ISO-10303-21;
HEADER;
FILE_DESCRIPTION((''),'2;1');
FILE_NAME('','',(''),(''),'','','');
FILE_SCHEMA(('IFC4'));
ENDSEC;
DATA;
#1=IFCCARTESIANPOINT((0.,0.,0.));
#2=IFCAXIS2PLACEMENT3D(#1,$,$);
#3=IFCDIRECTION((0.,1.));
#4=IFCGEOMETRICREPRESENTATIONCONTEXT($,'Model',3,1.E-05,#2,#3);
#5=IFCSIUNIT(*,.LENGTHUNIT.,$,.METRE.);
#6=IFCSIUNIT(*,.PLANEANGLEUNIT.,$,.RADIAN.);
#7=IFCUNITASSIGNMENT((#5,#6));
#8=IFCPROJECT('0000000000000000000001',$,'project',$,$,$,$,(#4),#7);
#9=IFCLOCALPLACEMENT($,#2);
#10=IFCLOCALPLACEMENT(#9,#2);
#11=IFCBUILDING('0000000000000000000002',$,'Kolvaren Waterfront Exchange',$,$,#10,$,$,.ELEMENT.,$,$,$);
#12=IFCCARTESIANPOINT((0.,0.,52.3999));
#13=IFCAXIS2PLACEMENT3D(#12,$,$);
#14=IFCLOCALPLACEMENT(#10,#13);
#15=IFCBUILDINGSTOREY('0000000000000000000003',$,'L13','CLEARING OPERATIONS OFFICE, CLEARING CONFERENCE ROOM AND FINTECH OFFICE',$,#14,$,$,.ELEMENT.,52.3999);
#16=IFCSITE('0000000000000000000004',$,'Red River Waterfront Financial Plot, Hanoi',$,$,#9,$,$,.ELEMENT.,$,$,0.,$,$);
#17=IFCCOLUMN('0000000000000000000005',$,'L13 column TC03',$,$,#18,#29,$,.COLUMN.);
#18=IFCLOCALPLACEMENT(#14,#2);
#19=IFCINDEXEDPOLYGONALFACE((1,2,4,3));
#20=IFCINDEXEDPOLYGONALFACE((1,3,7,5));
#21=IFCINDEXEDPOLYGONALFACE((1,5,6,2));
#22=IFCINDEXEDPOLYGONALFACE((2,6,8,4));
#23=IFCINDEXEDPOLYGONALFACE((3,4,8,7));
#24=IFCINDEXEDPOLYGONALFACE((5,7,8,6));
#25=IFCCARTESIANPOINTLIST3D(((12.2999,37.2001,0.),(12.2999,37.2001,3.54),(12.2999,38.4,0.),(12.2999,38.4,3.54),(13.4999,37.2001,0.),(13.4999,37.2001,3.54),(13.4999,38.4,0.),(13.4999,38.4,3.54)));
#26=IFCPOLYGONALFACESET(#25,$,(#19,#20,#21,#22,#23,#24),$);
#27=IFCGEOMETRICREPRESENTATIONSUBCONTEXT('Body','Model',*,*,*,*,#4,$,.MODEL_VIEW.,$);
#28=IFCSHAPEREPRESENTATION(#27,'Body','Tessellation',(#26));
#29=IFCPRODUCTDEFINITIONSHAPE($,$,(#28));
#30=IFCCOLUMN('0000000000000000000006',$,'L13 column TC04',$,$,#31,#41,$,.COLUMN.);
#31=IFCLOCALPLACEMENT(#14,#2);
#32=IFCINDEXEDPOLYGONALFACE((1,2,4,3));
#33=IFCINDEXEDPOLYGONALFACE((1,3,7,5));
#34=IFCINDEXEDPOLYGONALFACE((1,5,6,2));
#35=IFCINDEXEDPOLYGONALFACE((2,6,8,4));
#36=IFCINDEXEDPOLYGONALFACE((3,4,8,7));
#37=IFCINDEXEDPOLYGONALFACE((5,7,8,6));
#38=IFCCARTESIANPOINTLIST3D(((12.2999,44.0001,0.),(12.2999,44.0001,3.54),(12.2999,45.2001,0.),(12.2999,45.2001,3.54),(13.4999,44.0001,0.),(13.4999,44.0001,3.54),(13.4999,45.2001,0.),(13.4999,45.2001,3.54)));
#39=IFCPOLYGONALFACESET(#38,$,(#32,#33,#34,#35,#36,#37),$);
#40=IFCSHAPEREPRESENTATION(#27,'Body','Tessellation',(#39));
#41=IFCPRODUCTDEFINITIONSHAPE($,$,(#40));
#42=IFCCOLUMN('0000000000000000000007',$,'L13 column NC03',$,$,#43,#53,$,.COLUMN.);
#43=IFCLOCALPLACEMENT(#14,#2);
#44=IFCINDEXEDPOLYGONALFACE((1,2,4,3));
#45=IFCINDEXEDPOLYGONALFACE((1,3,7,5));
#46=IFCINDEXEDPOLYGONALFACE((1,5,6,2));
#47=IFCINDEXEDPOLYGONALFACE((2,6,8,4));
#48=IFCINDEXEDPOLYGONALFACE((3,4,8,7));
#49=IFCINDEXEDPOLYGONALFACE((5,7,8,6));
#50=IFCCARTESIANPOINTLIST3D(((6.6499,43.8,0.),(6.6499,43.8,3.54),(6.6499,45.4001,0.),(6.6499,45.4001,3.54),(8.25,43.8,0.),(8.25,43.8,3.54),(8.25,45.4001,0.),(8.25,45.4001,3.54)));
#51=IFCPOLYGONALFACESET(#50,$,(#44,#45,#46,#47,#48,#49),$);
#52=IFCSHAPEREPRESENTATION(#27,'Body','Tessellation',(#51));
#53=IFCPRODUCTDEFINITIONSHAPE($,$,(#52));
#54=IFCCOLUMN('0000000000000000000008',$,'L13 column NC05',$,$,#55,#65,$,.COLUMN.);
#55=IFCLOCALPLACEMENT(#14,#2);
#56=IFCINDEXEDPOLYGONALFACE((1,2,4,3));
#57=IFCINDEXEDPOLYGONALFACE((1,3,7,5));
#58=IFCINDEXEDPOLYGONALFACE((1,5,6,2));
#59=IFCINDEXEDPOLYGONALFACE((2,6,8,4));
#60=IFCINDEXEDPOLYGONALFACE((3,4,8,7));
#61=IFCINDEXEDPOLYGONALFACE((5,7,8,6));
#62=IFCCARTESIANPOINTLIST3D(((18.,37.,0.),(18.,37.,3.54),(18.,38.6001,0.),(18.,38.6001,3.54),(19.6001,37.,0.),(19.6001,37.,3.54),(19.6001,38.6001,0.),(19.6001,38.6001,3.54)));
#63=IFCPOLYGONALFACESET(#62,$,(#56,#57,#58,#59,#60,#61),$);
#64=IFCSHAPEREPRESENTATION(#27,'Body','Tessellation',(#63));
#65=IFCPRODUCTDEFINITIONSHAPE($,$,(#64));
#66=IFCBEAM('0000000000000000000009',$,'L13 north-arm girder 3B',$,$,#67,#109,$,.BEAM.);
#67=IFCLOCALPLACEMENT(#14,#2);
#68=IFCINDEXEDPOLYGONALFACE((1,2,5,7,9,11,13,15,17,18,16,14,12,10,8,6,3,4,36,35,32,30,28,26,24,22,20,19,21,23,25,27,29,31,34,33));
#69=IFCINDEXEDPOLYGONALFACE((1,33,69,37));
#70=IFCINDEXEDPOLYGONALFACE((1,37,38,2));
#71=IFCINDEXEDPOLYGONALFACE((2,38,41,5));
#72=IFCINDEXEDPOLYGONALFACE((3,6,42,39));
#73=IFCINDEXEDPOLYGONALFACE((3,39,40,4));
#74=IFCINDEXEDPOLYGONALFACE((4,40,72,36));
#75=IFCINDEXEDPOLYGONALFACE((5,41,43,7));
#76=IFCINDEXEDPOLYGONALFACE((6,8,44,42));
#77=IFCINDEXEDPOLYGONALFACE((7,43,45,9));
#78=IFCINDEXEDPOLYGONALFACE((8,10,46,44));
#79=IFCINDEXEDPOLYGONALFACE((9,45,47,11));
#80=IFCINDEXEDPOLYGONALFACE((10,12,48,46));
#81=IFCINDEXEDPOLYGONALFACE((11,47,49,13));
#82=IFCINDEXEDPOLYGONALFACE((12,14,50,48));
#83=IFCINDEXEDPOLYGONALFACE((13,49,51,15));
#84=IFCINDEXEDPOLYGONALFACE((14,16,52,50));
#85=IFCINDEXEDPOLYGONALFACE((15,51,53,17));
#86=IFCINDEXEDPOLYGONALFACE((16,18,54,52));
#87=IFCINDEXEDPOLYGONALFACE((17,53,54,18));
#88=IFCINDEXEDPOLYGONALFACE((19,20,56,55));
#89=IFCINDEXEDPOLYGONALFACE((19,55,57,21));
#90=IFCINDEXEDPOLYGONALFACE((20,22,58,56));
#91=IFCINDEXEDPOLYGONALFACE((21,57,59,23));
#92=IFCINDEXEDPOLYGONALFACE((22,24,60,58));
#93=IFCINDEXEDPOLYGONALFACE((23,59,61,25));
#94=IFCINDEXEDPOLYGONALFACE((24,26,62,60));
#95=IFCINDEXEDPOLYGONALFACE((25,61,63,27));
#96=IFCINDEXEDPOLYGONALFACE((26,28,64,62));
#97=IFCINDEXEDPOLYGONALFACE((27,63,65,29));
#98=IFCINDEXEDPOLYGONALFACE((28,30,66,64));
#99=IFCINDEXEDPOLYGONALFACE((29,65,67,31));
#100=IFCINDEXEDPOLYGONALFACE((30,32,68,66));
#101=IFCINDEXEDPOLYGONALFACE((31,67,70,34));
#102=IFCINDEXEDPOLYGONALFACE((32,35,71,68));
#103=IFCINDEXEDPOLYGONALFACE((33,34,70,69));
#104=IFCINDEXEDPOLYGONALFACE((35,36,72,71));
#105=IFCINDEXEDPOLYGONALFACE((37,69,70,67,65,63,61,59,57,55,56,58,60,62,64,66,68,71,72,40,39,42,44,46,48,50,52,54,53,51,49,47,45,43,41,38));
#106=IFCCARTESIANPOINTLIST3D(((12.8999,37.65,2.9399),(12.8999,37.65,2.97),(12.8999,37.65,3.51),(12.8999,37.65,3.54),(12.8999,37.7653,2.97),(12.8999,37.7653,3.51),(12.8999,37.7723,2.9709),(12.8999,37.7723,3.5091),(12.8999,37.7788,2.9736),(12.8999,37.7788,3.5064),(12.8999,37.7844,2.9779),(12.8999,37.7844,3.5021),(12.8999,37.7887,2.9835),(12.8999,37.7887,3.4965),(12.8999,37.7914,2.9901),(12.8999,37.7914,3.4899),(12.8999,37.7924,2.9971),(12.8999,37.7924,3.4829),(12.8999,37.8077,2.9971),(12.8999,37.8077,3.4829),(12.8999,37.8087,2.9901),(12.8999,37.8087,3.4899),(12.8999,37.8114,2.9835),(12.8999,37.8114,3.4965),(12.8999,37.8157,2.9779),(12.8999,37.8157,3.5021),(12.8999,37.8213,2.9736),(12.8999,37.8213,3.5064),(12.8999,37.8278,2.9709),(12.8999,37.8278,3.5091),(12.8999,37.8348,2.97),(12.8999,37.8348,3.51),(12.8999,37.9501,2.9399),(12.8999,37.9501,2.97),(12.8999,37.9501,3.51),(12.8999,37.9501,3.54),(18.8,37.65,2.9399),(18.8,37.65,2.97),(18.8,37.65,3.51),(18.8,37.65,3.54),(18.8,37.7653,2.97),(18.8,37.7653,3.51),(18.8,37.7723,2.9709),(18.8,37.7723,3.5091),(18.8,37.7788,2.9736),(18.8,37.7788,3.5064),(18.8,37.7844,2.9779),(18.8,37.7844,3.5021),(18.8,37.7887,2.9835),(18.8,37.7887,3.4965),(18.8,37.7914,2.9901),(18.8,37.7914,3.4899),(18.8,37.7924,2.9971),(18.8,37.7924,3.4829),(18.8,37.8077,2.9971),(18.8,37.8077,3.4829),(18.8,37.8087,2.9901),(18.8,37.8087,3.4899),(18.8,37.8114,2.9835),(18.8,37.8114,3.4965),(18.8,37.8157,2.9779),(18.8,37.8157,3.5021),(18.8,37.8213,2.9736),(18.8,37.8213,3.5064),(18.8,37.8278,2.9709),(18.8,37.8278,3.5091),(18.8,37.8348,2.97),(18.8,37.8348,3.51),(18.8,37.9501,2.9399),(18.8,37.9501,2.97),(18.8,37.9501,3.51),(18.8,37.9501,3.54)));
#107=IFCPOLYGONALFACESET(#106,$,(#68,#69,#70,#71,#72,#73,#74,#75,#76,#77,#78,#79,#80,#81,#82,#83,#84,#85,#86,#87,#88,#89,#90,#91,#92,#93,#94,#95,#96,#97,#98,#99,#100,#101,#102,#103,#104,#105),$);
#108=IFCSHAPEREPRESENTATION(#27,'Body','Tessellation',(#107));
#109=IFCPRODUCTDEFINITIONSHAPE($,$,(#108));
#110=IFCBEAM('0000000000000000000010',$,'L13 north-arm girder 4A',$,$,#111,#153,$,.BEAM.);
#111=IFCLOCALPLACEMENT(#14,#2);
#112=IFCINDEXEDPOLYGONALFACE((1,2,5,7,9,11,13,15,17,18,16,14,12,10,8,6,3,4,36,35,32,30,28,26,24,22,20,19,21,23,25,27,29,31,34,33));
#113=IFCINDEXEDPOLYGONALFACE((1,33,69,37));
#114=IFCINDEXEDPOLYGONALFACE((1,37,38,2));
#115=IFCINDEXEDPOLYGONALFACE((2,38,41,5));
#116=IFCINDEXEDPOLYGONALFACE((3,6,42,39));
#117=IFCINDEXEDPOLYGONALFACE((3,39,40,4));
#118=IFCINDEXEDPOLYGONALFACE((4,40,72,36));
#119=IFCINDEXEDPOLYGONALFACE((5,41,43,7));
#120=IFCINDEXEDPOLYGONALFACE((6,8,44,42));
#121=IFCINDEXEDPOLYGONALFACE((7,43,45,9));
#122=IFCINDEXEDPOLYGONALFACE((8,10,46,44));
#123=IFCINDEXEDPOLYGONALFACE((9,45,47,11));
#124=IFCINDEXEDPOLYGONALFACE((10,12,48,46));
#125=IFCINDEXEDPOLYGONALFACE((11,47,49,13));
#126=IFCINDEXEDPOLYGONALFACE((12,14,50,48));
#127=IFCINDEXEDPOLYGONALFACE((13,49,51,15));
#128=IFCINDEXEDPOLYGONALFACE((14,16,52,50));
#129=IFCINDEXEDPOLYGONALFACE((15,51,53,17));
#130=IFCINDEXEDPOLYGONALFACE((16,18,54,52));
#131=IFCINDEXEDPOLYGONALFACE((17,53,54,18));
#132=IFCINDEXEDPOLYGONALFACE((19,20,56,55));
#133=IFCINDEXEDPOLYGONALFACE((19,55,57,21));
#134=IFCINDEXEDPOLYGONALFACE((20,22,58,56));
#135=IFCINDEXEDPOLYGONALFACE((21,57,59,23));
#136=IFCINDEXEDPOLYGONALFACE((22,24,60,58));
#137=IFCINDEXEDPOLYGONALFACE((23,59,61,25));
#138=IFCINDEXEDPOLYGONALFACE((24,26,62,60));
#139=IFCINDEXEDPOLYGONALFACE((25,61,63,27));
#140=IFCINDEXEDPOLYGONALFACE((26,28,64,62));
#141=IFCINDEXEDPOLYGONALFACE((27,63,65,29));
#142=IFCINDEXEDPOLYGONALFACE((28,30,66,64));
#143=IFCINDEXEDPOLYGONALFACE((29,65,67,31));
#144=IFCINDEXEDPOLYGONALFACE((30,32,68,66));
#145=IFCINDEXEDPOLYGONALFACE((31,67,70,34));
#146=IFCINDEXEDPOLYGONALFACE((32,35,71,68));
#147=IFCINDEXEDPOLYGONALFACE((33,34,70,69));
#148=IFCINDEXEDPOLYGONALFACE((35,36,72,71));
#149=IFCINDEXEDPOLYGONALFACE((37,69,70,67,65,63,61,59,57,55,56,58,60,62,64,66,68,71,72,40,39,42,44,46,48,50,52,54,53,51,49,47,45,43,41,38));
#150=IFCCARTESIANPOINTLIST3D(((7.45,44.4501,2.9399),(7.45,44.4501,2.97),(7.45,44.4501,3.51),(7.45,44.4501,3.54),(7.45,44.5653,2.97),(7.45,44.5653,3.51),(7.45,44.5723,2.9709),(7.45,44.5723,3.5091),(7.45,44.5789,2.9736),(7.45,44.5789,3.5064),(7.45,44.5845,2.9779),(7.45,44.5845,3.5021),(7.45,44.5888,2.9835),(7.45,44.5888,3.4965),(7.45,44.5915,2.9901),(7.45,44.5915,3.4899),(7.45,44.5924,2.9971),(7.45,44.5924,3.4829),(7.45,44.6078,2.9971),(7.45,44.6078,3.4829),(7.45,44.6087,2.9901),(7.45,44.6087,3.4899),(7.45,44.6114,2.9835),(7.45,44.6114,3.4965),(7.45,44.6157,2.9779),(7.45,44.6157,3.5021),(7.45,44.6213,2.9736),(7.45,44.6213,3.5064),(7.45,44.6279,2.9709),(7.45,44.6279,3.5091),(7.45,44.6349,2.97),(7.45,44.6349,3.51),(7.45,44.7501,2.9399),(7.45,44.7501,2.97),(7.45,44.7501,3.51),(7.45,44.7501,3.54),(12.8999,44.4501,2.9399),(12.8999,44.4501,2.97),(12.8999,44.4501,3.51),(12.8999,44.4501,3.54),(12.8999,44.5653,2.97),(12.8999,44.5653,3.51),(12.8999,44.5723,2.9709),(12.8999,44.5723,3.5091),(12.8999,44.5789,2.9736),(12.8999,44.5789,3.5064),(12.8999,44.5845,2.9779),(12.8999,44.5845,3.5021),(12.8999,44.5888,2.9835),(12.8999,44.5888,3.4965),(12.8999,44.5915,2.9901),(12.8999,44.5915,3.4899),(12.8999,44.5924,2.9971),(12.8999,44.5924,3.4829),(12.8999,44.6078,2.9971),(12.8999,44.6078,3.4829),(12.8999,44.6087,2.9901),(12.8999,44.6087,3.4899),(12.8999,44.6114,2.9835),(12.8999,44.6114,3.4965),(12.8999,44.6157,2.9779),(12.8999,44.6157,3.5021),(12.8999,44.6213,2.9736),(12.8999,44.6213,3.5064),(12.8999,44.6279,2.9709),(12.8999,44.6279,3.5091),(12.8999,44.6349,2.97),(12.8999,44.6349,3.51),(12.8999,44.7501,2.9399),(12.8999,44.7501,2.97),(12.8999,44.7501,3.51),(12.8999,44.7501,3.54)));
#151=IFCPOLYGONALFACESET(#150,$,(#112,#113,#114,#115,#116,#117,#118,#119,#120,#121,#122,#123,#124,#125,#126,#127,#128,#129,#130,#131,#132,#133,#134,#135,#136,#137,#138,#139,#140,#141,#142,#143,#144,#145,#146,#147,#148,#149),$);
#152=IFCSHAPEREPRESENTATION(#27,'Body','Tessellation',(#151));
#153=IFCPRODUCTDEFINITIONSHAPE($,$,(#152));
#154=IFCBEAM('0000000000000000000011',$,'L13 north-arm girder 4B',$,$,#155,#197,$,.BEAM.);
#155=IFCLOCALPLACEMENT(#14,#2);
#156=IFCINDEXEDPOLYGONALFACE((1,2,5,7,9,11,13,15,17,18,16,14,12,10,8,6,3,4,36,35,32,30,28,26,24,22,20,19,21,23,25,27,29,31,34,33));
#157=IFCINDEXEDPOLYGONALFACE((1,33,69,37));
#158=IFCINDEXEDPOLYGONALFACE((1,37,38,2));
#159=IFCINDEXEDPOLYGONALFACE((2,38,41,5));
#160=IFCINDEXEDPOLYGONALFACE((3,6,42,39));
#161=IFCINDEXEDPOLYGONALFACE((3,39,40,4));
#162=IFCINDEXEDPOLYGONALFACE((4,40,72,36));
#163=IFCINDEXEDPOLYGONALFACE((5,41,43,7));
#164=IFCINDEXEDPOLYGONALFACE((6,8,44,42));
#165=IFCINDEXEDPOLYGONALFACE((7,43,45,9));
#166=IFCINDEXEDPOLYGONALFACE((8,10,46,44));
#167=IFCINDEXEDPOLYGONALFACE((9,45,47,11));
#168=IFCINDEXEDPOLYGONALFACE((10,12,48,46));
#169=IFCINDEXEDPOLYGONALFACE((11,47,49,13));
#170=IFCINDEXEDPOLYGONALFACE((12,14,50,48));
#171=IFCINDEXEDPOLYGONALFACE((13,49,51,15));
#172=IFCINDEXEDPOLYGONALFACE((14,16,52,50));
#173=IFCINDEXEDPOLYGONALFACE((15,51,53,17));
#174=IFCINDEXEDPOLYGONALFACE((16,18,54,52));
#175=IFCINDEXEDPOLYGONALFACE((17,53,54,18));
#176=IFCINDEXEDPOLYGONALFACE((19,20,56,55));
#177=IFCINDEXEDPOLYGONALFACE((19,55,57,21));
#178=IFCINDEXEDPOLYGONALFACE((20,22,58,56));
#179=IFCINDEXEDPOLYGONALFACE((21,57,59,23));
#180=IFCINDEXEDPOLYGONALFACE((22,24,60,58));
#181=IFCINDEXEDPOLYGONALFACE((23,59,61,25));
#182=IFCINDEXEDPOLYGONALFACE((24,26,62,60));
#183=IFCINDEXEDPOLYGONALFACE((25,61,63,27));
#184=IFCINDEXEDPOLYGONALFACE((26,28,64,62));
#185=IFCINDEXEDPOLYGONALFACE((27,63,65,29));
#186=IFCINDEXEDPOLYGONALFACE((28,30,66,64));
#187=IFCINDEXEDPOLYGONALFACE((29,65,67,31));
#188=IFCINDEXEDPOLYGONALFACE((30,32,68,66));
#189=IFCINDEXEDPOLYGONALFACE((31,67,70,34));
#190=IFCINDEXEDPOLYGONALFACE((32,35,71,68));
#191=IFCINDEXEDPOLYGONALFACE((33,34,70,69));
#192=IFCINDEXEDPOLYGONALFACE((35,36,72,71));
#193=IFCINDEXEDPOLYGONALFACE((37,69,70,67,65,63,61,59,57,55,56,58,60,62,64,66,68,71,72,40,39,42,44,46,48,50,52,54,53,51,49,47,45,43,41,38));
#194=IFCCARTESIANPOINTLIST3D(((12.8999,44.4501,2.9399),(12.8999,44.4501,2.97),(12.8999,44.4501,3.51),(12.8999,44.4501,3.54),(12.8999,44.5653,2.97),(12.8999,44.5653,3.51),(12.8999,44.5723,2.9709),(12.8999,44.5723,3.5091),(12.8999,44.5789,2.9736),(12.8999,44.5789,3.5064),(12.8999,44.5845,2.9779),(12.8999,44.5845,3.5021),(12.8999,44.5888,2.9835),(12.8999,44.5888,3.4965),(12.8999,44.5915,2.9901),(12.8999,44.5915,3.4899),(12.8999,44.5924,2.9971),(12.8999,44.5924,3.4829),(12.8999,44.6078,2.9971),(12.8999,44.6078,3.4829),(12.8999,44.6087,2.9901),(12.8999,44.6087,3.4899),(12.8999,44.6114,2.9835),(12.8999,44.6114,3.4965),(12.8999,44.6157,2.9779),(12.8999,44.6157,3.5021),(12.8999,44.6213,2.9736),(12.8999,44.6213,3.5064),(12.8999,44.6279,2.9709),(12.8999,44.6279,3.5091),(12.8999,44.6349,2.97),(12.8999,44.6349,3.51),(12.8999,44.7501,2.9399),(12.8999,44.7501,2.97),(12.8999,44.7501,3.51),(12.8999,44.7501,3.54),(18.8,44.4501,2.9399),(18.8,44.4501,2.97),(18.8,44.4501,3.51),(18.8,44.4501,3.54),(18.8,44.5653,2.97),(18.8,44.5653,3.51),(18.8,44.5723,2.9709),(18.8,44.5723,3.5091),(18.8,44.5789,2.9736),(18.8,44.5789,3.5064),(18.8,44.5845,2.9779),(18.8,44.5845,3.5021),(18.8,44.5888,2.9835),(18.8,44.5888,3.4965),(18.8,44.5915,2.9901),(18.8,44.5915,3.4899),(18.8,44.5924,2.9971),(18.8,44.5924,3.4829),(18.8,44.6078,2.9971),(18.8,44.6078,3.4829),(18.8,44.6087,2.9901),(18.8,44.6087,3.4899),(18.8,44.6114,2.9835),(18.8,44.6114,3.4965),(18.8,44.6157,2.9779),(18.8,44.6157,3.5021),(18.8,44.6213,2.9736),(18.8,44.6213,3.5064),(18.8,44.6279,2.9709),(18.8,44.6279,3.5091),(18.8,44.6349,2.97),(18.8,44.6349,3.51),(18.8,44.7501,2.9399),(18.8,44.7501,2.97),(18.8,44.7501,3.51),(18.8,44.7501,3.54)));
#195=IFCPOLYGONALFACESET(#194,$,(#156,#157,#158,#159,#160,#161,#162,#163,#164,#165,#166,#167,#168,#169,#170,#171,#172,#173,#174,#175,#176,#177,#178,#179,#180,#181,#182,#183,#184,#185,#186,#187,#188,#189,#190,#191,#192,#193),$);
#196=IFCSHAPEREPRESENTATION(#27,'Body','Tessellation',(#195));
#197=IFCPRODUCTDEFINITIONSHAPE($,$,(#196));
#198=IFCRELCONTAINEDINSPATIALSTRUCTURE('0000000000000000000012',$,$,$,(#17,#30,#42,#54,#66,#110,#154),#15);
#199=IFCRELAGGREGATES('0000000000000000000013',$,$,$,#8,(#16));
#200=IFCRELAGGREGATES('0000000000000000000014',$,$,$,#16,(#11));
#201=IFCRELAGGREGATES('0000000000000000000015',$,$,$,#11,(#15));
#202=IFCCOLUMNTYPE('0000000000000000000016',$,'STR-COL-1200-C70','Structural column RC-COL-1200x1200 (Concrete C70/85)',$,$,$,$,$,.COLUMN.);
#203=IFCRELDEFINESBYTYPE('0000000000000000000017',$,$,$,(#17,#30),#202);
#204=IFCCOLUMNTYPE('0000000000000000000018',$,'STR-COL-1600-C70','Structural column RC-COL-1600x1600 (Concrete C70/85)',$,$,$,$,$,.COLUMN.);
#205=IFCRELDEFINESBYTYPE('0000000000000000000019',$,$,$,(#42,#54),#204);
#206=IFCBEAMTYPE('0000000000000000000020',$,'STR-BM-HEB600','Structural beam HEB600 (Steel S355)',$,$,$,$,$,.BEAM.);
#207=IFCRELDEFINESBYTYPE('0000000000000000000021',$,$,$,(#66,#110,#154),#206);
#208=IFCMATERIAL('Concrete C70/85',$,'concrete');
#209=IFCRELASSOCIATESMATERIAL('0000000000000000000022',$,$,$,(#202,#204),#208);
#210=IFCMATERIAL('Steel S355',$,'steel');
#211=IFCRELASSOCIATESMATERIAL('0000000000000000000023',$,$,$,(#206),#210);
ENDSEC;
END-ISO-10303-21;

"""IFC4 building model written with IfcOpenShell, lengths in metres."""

from ifc_helpers import new_model, si_unit, direction, frame, origin, origin_2d, place, context, subcontext, project, spatial, rectangle, i_section, extrude, material, material_profile, profile_set, type_object, element, save


model = new_model("IFC4")

# Units and contexts
model_context = context("Model", 3, precision=1e-05, world=origin(), true_north=direction((0.0, 1.0)))
body_context = subcontext(model_context, "Body", "Model", "MODEL_VIEW")
ifc_project = project(units=[si_unit("LENGTHUNIT", "METRE"), si_unit("PLANEANGLEUNIT", "RADIAN")], contexts=[model_context])

# Site, building, storey
site_placement = place(None, origin())
site = spatial("IfcSite", under=ifc_project, at=site_placement, Name="Red River Waterfront Financial Plot, Hanoi", CompositionType="ELEMENT", RefElevation=0.0)
building_placement = place(site_placement, origin())
building = spatial("IfcBuilding", under=site, at=building_placement, Name="Kolvaren Waterfront Exchange", CompositionType="ELEMENT")
storey_placement = place(building_placement, frame((0.0, 0.0, 52.3999)))
storey = spatial("IfcBuildingStorey", under=building, at=storey_placement, Name="L13", Description="CLEARING OPERATIONS OFFICE, CLEARING CONFERENCE ROOM AND FINTECH OFFICE", CompositionType="ELEMENT", Elevation=52.3999)

# Columns
ifc_material_1 = material(Name="Concrete C70/85", Category="concrete")
ifc_material_profile_1 = material_profile(ifc_material_1, rectangle(XDim=1.2, YDim=1.2, at=origin_2d()), Name="RC-COL-1200x1200")
ifc_profile_set_1 = profile_set([ifc_material_profile_1], Name="Concrete C70/85")
column_type_1 = type_object("IfcColumnType", Name="STR-COL-1200-C70", Description="Structural column RC-COL-1200x1200 (Concrete C70/85)", PredefinedType="COLUMN", material=ifc_profile_set_1)
for number, where, z_axis, x_axis, name in (
    (1, (12.8999, 37.8, 0.0), (0.0, 0.0, 1.0), (1.0, 0.0, 0.0), "L13 column TC03"),
    (2, (12.8999, 44.6001, 0.0), (0.0, 0.0, 1.0), (1.0, 0.0, 0.0), "L13 column TC04"),
):
    element("IfcColumn", number, at=place(storey_placement, frame(where, z_axis=z_axis, x_axis=x_axis)), inside=storey, type_object=column_type_1, Name=name, PredefinedType="COLUMN", context=body_context, shape_type="SweptSolid", body=[
        extrude(rectangle(XDim=1.2, YDim=1.2, at=origin_2d()), origin(), (0.0, 0.0, 1.0), 3.54),
    ])
ifc_material_profile_2 = material_profile(ifc_material_1, rectangle(XDim=1.6001, YDim=1.6001, at=origin_2d()), Name="RC-COL-1600x1600")
ifc_profile_set_2 = profile_set([ifc_material_profile_2], Name="Concrete C70/85")
column_type_2 = type_object("IfcColumnType", Name="STR-COL-1600-C70", Description="Structural column RC-COL-1600x1600 (Concrete C70/85)", PredefinedType="COLUMN", material=ifc_profile_set_2)
for number, where, z_axis, x_axis, name in (
    (3, (7.45, 44.6001, 0.0), (0.0, 0.0, 1.0), (1.0, 0.0, 0.0), "L13 column NC03"),
    (4, (18.8, 37.8, 0.0), (0.0, 0.0, 1.0), (1.0, 0.0, 0.0), "L13 column NC05"),
):
    element("IfcColumn", number, at=place(storey_placement, frame(where, z_axis=z_axis, x_axis=x_axis)), inside=storey, type_object=column_type_2, Name=name, PredefinedType="COLUMN", context=body_context, shape_type="SweptSolid", body=[
        extrude(rectangle(XDim=1.6001, YDim=1.6001, at=origin_2d()), origin(), (0.0, 0.0, 1.0), 3.54),
    ])

# Beams
ifc_material_2 = material(Name="Steel S355", Category="steel")
ifc_material_profile_3 = material_profile(ifc_material_2, i_section(OverallWidth=0.3, OverallDepth=0.6001, WebThickness=0.0154, FlangeThickness=0.03, FilletRadius=0.0271, at=origin_2d()), Name="HEB600")
ifc_profile_set_3 = profile_set([ifc_material_profile_3], Name="Steel S355")
beam_type_1 = type_object("IfcBeamType", Name="STR-BM-HEB600", Description="Structural beam HEB600 (Steel S355)", PredefinedType="BEAM", material=ifc_profile_set_3)
beam_1_placement = place(storey_placement, frame((12.8999, 37.8, 3.24), z_axis=(1.0, 0.0, 0.0), x_axis=(0.0, 1.0, 0.0)))
element("IfcBeam", 5, at=beam_1_placement, inside=storey, type_object=beam_type_1, Name="L13 north-arm girder 3B", PredefinedType="BEAM", context=body_context, shape_type="SweptSolid", body=[
    extrude(i_section(OverallWidth=0.3, OverallDepth=0.6001, WebThickness=0.0154, FlangeThickness=0.03, FilletRadius=0.0271, at=origin_2d()), origin(), (0.0, 0.0, 1.0), 5.9001),
])
beam_2_placement = place(storey_placement, frame((7.45, 44.6001, 3.24), z_axis=(1.0, 0.0, 0.0), x_axis=(0.0, 1.0, 0.0)))
element("IfcBeam", 6, at=beam_2_placement, inside=storey, type_object=beam_type_1, Name="L13 north-arm girder 4A", PredefinedType="BEAM", context=body_context, shape_type="SweptSolid", body=[
    extrude(i_section(OverallWidth=0.3, OverallDepth=0.6001, WebThickness=0.0154, FlangeThickness=0.03, FilletRadius=0.0271, at=origin_2d()), origin(), (0.0, 0.0, 1.0), 5.45),
])
beam_3_placement = place(storey_placement, frame((12.8999, 44.6001, 3.24), z_axis=(1.0, 0.0, 0.0), x_axis=(0.0, 1.0, 0.0)))
element("IfcBeam", 7, at=beam_3_placement, inside=storey, type_object=beam_type_1, Name="L13 north-arm girder 4B", PredefinedType="BEAM", context=body_context, shape_type="SweptSolid", body=[
    extrude(i_section(OverallWidth=0.3, OverallDepth=0.6001, WebThickness=0.0154, FlangeThickness=0.03, FilletRadius=0.0271, at=origin_2d()), origin(), (0.0, 0.0, 1.0), 5.9001),
])

save(model, "model.ifc")
